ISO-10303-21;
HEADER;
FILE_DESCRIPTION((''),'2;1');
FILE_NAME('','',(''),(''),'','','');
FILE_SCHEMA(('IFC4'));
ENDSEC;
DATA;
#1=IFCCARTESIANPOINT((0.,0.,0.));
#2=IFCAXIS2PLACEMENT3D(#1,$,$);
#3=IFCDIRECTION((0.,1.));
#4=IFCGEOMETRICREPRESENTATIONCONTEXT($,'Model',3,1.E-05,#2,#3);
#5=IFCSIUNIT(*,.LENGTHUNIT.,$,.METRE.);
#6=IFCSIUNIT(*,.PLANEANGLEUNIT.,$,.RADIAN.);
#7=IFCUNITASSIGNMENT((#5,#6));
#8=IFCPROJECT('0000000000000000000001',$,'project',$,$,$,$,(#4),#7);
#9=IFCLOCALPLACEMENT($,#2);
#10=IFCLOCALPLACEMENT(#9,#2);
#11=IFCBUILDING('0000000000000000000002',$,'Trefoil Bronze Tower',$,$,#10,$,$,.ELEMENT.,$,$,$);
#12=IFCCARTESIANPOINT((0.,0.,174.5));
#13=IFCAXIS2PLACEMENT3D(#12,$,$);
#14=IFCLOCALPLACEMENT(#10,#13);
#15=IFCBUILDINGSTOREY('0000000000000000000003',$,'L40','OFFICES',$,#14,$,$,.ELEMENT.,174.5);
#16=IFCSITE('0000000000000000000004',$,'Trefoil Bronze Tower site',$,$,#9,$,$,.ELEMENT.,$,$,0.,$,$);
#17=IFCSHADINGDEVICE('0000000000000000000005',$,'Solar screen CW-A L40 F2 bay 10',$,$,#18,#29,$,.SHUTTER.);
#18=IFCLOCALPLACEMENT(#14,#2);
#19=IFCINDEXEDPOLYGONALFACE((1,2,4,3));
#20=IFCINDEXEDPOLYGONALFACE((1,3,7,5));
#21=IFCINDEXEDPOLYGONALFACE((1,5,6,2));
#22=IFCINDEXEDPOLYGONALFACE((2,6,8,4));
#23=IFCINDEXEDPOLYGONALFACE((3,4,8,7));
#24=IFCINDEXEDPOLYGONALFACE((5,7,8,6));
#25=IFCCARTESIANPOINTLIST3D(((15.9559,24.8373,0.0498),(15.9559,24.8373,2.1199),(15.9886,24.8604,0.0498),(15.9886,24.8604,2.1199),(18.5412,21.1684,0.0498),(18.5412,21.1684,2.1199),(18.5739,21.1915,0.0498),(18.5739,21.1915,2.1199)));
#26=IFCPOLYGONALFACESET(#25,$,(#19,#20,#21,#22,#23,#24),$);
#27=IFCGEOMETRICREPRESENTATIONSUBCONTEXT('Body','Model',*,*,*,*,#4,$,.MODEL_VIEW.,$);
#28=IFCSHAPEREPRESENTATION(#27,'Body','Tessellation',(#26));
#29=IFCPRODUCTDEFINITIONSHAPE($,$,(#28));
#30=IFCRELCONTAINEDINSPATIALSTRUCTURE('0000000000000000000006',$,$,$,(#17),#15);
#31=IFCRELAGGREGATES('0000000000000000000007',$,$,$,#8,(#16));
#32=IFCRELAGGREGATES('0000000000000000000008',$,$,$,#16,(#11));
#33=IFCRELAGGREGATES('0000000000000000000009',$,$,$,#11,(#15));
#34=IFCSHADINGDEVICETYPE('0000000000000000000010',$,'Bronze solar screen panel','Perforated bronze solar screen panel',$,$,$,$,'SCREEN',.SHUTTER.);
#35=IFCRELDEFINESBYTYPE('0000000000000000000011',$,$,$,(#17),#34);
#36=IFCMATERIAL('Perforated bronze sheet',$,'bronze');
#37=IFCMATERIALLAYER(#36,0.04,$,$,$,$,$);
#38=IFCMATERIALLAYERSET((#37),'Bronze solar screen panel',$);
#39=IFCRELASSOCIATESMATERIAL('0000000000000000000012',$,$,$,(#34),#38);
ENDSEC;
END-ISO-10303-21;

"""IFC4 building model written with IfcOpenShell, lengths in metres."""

from ifc_helpers import new_model, si_unit, direction, frame, origin, origin_2d, place, context, subcontext, project, spatial, rectangle, extrude, material, layer, layer_set, type_object, element, save


model = new_model("IFC4")

# Units and contexts
model_context = context("Model", 3, precision=1e-05, world=origin(), true_north=direction((0.0, 1.0)))
body_context = subcontext(model_context, "Body", "Model", "MODEL_VIEW")
ifc_project = project(units=[si_unit("LENGTHUNIT", "METRE"), si_unit("PLANEANGLEUNIT", "RADIAN")], contexts=[model_context])

# Site, building, storey
site_placement = place(None, origin())
site = spatial("IfcSite", under=ifc_project, at=site_placement, Name="Trefoil Bronze Tower site", CompositionType="ELEMENT", RefElevation=0.0)
building_placement = place(site_placement, origin())
building = spatial("IfcBuilding", under=site, at=building_placement, Name="Trefoil Bronze Tower", CompositionType="ELEMENT")
storey_placement = place(building_placement, frame((0.0, 0.0, 174.5)))
storey = spatial("IfcBuildingStorey", under=building, at=storey_placement, Name="L40", Description="OFFICES", CompositionType="ELEMENT", Elevation=174.5)

# Shading device
ifc_material_1 = material(Name="Perforated bronze sheet", Category="bronze")
ifc_layer_1 = layer(ifc_material_1, 0.04)
ifc_layer_set_1 = layer_set([ifc_layer_1], Name="Bronze solar screen panel")
shading_device_type = type_object("IfcShadingDeviceType", Name="Bronze solar screen panel", Description="Perforated bronze solar screen panel", ElementType="SCREEN", PredefinedType="SHUTTER", material=ifc_layer_set_1)
shading_device_1_placement = place(storey_placement, frame((17.2649, 23.0144, 0.0498), z_axis=(0.0, 0.0, 1.0), x_axis=(-0.575999, 0.81745, 0.0)))
element("IfcShadingDevice", 1, at=shading_device_1_placement, inside=storey, type_object=shading_device_type, Name="Solar screen CW-A L40 F2 bay 10", PredefinedType="SHUTTER", context=body_context, shape_type="SweptSolid", body=[
    extrude(rectangle(XDim=4.4883, YDim=0.04, at=origin_2d()), origin(), (0.0, 0.0, 1.0), 2.0701),
])

save(model, "model.ifc")
